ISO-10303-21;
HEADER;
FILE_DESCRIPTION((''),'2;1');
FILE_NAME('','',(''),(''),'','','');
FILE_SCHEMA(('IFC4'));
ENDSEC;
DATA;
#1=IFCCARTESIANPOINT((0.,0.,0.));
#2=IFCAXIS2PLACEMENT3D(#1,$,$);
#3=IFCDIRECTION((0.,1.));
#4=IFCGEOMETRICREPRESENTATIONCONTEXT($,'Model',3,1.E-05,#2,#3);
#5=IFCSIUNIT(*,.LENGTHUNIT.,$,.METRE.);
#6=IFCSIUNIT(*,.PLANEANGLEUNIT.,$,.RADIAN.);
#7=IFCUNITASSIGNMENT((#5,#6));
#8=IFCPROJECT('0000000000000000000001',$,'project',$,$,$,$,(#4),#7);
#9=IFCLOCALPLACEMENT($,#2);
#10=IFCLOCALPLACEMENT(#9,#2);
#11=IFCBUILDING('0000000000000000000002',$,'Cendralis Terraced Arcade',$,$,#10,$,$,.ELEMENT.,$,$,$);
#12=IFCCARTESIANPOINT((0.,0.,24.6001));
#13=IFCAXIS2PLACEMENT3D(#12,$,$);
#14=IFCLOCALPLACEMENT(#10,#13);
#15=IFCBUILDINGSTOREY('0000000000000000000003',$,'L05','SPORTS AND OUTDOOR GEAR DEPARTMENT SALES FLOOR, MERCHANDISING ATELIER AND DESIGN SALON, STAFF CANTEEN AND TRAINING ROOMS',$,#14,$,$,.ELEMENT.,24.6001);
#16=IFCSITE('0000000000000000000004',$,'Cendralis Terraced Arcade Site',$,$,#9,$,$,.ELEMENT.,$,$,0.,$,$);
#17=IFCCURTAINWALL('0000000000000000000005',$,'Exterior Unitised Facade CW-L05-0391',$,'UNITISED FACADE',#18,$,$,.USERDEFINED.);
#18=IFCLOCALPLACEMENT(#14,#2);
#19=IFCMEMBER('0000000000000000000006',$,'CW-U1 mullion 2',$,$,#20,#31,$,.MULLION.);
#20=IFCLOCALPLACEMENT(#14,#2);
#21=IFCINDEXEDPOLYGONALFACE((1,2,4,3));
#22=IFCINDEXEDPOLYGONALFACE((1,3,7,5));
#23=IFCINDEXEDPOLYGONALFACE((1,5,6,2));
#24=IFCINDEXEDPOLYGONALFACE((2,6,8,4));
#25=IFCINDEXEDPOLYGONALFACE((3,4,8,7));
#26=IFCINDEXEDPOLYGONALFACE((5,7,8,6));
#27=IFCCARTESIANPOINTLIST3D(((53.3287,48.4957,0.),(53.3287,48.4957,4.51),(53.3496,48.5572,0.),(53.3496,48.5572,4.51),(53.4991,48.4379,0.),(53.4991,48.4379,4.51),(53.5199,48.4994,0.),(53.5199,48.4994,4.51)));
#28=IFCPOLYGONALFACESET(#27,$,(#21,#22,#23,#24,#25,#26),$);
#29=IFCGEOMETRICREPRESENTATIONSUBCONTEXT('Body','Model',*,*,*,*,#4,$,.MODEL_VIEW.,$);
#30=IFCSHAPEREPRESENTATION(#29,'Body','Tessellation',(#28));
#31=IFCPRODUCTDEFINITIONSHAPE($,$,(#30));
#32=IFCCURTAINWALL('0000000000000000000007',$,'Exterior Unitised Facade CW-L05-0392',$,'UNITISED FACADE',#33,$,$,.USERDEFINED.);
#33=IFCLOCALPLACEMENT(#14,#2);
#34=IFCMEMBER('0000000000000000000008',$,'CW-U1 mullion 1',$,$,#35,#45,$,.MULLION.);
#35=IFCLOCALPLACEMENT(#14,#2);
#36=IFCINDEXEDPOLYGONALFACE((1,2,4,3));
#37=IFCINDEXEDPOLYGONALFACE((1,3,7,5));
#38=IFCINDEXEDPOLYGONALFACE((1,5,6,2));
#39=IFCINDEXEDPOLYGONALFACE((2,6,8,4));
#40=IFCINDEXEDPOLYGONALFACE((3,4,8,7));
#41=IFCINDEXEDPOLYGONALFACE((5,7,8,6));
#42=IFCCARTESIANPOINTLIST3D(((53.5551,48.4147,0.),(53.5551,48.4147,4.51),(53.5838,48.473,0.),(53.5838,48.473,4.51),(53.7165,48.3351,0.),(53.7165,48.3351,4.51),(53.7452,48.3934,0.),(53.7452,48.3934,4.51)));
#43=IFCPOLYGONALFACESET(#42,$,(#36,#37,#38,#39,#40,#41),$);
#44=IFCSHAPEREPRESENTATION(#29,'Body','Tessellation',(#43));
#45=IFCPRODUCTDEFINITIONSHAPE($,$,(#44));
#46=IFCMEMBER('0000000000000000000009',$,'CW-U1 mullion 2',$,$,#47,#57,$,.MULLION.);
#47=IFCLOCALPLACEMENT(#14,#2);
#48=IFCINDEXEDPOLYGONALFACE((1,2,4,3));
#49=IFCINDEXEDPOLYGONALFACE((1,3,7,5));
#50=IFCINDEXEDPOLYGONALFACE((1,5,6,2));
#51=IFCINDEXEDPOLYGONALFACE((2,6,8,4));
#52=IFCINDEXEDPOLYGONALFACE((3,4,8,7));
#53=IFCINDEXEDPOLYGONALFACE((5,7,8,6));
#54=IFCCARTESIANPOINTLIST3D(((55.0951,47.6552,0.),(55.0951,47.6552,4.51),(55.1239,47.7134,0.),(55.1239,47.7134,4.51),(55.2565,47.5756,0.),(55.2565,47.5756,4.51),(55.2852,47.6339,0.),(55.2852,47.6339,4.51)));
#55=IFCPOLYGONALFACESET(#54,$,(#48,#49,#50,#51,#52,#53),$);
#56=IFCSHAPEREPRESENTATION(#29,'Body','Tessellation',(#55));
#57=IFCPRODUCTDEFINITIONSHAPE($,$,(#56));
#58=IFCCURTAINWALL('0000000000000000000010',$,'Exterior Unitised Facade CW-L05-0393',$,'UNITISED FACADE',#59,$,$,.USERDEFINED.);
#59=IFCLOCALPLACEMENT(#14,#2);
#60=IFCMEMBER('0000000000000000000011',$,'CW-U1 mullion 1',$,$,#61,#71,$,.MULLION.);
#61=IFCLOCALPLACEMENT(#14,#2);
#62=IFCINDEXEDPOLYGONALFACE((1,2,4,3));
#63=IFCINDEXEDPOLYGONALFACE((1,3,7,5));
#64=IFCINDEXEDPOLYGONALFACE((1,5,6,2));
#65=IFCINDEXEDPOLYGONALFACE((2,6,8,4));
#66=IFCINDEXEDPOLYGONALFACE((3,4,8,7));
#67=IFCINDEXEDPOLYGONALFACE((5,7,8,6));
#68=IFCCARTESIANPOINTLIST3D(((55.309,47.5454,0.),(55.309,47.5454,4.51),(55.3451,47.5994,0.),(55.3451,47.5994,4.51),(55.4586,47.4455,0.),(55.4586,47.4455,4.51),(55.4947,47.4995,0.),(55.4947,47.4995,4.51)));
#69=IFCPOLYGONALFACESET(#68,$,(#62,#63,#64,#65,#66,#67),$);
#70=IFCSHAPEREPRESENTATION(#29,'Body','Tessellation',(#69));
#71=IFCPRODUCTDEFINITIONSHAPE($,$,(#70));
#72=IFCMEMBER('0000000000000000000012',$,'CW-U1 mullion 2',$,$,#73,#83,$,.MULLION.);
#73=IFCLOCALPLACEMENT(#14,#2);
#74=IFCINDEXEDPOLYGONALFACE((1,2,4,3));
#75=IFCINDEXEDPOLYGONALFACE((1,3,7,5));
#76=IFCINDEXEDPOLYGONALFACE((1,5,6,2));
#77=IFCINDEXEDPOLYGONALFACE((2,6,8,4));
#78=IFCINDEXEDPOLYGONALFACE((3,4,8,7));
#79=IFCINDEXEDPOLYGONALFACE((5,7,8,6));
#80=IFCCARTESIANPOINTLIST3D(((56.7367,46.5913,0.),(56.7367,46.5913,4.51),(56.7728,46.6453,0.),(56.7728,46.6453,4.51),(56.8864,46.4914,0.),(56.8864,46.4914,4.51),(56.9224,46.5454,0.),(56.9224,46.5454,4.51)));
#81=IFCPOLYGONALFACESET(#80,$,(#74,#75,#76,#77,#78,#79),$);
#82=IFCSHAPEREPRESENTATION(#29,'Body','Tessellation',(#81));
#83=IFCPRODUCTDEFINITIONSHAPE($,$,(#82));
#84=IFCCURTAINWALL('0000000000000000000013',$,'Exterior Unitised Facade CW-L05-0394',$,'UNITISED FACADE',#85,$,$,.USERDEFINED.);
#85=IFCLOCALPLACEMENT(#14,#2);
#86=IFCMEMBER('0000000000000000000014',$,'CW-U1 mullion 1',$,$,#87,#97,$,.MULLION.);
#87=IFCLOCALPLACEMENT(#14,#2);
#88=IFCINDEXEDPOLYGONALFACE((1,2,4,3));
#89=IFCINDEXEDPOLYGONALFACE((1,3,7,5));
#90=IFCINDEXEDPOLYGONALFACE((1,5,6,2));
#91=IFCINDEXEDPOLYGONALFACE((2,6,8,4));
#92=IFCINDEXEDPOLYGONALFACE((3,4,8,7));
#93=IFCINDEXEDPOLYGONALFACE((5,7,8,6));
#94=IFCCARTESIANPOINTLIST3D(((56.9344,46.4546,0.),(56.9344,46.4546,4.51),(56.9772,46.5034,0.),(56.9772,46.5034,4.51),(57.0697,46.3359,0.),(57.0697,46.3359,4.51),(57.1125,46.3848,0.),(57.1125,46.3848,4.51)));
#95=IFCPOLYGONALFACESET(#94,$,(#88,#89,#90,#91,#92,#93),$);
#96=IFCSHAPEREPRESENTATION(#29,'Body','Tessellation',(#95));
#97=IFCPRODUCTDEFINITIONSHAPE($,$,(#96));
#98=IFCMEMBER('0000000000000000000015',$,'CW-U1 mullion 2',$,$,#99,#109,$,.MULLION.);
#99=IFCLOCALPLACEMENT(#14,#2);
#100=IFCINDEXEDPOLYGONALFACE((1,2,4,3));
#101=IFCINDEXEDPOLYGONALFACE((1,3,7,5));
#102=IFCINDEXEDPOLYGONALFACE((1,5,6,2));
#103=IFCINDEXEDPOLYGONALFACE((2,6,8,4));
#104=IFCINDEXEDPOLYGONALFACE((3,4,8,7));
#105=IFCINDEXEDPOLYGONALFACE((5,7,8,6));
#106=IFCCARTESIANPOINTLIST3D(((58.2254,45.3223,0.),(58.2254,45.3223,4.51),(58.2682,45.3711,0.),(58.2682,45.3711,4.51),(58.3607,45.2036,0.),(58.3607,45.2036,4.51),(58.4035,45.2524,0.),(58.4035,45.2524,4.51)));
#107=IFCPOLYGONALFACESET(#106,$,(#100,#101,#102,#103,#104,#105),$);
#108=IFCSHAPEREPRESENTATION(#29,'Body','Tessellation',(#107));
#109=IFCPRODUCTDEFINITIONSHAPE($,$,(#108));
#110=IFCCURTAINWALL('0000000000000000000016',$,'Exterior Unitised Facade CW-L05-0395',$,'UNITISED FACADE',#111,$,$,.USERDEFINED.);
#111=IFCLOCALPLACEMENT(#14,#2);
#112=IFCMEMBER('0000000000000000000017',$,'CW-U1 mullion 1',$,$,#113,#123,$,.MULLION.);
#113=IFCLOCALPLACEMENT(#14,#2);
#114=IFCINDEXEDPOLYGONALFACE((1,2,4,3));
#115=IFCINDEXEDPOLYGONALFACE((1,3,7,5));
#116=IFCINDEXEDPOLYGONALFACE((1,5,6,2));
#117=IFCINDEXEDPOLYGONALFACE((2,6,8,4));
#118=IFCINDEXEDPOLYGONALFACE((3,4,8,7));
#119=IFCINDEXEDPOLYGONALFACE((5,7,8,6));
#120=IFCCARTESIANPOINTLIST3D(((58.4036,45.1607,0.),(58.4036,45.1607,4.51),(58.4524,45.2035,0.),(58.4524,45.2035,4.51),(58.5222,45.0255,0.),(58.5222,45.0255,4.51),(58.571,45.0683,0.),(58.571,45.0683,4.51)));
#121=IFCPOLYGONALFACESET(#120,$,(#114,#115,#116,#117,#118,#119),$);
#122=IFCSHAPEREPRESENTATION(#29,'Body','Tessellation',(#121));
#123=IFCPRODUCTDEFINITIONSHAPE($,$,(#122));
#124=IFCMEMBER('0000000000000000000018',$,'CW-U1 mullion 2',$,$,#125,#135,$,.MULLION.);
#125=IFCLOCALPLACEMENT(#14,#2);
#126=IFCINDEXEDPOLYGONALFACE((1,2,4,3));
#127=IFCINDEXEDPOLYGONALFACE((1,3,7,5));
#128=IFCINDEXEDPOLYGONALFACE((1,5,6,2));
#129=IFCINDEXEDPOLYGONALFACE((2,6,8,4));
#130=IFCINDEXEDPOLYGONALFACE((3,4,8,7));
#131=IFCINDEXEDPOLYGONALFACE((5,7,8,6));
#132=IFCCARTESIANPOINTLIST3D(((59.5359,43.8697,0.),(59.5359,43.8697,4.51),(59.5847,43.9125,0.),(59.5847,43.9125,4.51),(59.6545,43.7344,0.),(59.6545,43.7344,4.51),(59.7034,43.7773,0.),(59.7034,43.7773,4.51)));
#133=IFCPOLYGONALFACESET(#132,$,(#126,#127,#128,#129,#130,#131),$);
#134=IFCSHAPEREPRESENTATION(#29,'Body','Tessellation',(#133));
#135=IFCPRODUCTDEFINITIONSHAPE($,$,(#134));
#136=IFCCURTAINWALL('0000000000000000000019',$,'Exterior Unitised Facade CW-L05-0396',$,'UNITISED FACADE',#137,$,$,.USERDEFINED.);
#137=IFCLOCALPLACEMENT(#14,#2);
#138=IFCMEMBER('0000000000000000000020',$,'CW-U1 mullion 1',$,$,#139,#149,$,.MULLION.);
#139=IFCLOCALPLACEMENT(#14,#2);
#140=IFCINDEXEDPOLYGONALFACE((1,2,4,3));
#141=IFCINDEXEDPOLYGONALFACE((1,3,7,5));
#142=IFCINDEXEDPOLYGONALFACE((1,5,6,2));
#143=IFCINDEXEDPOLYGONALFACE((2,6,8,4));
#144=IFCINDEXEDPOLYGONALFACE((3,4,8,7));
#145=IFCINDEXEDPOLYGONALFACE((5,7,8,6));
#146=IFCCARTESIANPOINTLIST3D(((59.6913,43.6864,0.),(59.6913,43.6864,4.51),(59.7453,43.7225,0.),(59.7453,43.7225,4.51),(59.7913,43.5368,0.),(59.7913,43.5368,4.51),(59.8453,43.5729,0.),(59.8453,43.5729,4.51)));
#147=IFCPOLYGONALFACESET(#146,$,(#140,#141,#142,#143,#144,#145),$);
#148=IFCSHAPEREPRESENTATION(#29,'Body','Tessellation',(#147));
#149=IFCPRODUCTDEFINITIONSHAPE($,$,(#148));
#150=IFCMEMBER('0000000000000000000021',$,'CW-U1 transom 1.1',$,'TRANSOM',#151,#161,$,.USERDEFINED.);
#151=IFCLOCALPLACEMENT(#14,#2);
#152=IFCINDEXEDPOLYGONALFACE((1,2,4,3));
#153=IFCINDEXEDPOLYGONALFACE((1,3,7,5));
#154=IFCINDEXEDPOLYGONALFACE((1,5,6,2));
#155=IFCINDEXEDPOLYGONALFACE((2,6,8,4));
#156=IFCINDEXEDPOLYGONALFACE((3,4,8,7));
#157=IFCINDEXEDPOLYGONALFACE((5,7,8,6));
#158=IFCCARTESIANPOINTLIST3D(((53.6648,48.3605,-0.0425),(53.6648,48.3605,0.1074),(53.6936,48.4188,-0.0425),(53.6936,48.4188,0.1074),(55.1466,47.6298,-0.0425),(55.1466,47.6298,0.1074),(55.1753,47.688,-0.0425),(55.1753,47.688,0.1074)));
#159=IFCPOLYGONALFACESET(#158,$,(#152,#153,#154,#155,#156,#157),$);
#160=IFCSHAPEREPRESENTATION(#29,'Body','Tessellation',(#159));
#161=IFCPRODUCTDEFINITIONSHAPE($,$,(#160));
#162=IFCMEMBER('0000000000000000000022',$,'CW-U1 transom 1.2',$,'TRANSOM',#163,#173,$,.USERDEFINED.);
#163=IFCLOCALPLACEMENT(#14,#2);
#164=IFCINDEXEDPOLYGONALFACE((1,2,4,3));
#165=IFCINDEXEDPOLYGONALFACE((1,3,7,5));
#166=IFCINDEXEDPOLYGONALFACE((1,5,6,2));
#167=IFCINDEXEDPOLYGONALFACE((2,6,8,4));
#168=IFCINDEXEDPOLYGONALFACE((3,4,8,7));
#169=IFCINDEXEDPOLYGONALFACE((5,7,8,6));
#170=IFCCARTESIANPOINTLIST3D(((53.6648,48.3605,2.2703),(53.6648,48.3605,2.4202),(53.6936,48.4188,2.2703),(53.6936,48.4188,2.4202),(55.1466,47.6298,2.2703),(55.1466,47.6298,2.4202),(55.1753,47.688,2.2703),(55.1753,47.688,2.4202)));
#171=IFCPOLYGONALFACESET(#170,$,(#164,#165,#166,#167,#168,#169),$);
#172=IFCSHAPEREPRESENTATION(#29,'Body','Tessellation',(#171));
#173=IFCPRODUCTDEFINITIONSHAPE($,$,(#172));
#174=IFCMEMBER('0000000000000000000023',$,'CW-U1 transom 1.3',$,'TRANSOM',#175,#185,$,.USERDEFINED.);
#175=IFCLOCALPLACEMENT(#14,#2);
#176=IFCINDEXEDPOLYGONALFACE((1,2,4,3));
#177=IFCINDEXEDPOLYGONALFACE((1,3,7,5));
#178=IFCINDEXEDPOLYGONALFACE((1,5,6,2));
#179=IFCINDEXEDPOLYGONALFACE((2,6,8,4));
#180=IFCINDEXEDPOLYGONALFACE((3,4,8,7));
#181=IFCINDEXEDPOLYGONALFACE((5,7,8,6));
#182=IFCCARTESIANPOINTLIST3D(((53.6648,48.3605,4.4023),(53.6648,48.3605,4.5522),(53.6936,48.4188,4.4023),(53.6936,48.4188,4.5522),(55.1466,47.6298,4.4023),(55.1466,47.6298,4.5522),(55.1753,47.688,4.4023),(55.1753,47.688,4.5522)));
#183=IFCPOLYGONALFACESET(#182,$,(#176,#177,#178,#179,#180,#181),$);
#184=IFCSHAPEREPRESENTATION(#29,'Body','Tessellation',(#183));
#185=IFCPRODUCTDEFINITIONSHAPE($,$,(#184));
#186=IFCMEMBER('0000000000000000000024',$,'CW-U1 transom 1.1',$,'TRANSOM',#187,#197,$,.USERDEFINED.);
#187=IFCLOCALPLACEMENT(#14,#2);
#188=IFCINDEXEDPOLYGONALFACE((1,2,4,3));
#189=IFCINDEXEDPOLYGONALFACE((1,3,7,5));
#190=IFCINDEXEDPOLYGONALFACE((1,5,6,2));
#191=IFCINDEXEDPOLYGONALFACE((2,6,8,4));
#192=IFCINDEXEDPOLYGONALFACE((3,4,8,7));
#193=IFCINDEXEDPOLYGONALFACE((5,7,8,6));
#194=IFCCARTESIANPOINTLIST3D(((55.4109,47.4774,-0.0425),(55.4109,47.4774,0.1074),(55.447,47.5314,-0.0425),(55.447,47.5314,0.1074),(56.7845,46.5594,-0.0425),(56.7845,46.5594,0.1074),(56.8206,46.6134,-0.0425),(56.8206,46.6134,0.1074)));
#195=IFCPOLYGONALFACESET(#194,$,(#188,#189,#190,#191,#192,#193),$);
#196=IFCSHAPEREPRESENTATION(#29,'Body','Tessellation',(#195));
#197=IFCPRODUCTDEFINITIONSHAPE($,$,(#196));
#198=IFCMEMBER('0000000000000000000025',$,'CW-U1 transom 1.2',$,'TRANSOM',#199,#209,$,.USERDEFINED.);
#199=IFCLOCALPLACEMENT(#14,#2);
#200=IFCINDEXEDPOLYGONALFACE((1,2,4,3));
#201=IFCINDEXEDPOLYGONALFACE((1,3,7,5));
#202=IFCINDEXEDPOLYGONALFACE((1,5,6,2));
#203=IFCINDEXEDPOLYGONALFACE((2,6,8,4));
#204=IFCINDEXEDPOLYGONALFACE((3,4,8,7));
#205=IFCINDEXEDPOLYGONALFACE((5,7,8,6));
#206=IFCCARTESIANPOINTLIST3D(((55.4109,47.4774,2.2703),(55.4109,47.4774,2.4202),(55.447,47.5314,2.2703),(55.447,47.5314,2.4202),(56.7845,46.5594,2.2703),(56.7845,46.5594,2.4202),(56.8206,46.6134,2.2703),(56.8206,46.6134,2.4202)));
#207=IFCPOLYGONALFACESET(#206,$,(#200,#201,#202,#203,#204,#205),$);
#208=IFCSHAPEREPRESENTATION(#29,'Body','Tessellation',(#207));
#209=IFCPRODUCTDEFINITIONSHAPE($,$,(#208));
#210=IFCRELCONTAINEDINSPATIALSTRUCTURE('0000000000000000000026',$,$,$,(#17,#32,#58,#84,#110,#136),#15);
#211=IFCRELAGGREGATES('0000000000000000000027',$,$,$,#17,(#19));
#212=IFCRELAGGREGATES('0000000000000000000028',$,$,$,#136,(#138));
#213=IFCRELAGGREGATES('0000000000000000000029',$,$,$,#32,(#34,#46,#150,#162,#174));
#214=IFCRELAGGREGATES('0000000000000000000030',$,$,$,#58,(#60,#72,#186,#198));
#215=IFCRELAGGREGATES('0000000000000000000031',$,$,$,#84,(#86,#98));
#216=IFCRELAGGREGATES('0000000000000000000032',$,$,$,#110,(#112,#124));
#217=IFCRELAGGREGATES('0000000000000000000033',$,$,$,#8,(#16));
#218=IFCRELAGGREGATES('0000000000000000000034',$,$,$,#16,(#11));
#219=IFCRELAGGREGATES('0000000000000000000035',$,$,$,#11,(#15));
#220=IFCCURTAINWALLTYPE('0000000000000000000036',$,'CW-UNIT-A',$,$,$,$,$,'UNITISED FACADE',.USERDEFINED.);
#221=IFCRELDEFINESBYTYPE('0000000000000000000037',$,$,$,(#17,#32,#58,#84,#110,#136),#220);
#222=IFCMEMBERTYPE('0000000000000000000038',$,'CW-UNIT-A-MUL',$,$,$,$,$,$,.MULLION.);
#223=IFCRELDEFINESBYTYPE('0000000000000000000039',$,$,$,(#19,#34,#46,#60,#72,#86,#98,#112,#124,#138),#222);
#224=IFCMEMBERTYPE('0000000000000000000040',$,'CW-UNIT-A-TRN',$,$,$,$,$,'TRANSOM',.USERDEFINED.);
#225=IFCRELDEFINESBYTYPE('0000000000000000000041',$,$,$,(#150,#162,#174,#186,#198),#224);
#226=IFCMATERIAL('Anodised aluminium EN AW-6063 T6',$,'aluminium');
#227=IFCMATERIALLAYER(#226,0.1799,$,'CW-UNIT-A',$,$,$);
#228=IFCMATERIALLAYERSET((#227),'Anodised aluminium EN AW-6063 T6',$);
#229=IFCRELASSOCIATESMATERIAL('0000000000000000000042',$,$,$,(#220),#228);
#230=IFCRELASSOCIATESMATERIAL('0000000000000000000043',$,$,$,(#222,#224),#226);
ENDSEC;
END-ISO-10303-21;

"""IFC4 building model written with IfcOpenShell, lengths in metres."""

from ifc_helpers import new_model, si_unit, direction, frame, origin, origin_2d, place, context, subcontext, project, spatial, rectangle, extrude, material, layer, layer_set, material_profile, profile_set, type_object, element, aggregate, save


model = new_model("IFC4")

# Units and contexts
model_context = context("Model", 3, precision=1e-05, world=origin(), true_north=direction((0.0, 1.0)))
body_context = subcontext(model_context, "Body", "Model", "MODEL_VIEW")
ifc_project = project(units=[si_unit("LENGTHUNIT", "METRE"), si_unit("PLANEANGLEUNIT", "RADIAN")], contexts=[model_context])

# Site, building, storey
site_placement = place(None, origin())
site = spatial("IfcSite", under=ifc_project, at=site_placement, Name="Cendralis Terraced Arcade Site", CompositionType="ELEMENT", RefElevation=0.0)
building_placement = place(site_placement, origin())
building = spatial("IfcBuilding", under=site, at=building_placement, Name="Cendralis Terraced Arcade", CompositionType="ELEMENT")
storey_placement = place(building_placement, frame((0.0, 0.0, 24.6001)))
storey = spatial("IfcBuildingStorey", under=building, at=storey_placement, Name="L05", Description="SPORTS AND OUTDOOR GEAR DEPARTMENT SALES FLOOR, MERCHANDISING ATELIER AND DESIGN SALON, STAFF CANTEEN AND TRAINING ROOMS", CompositionType="ELEMENT", Elevation=24.6001)

# Curtain wall, member
ifc_material_1 = material(Name="Anodised aluminium EN AW-6063 T6", Category="aluminium")
ifc_layer_1 = layer(ifc_material_1, 0.1799, Name="CW-UNIT-A")
ifc_layer_set_1 = layer_set([ifc_layer_1], Name="Anodised aluminium EN AW-6063 T6")
curtain_wall_type = type_object("IfcCurtainWallType", Name="CW-UNIT-A", ElementType="UNITISED FACADE", PredefinedType="USERDEFINED", material=ifc_layer_set_1)
curtain_wall_1_placement = place(storey_placement, origin())
curtain_wall_1 = element("IfcCurtainWall", 1, at=curtain_wall_1_placement, inside=storey, type_object=curtain_wall_type, Name="Exterior Unitised Facade CW-L05-0391", ObjectType="UNITISED FACADE", PredefinedType="USERDEFINED")
ifc_material_profile_1 = material_profile(ifc_material_1, rectangle(XDim=0.0649, YDim=0.1799, at=origin_2d()), Name="ALU-MUL-65x180")
ifc_profile_set_1 = profile_set([ifc_material_profile_1], Name="Anodised aluminium EN AW-6063 T6")
member_type_1 = type_object("IfcMemberType", Name="CW-UNIT-A-MUL", PredefinedType="MULLION", material=ifc_profile_set_1)
member_1_placement = place(storey_placement, frame((53.4243, 48.4976, 0.0), z_axis=(0.0, 0.0, 1.0), x_axis=(0.321458, 0.946924, 0.0)))
member_1 = element("IfcMember", 2, at=member_1_placement, type_object=member_type_1, Name="CW-U1 mullion 2", PredefinedType="MULLION", context=body_context, shape_type="SweptSolid", body=[
    extrude(rectangle(XDim=0.0649, YDim=0.1799, at=origin_2d()), origin(), (0.0, 0.0, 1.0), 4.51),
])
aggregate(curtain_wall_1, [member_1])

# Curtain walls, members
curtain_wall_2_placement = place(storey_placement, origin())
curtain_wall_2 = element("IfcCurtainWall", 3, at=curtain_wall_2_placement, inside=storey, type_object=curtain_wall_type, Name="Exterior Unitised Facade CW-L05-0392", ObjectType="UNITISED FACADE", PredefinedType="USERDEFINED")
member_2_placement = place(storey_placement, frame((53.6501, 48.4041, 0.0), z_axis=(0.0, 0.0, 1.0), x_axis=(0.442291, 0.896871, 0.0)))
member_2 = element("IfcMember", 4, at=member_2_placement, type_object=member_type_1, Name="CW-U1 mullion 1", PredefinedType="MULLION", context=body_context, shape_type="SweptSolid", body=[
    extrude(rectangle(XDim=0.0649, YDim=0.1799, at=origin_2d()), origin(), (0.0, 0.0, 1.0), 4.51),
])
member_3_placement = place(storey_placement, frame((55.1902, 47.6445, 0.0), z_axis=(0.0, 0.0, 1.0), x_axis=(0.442291, 0.896871, 0.0)))
member_3 = element("IfcMember", 5, at=member_3_placement, type_object=member_type_1, Name="CW-U1 mullion 2", PredefinedType="MULLION", context=body_context, shape_type="SweptSolid", body=[
    extrude(rectangle(XDim=0.0649, YDim=0.1799, at=origin_2d()), origin(), (0.0, 0.0, 1.0), 4.51),
])
curtain_wall_3_placement = place(storey_placement, origin())
curtain_wall_3 = element("IfcCurtainWall", 6, at=curtain_wall_3_placement, inside=storey, type_object=curtain_wall_type, Name="Exterior Unitised Facade CW-L05-0393", ObjectType="UNITISED FACADE", PredefinedType="USERDEFINED")
member_4_placement = place(storey_placement, frame((55.4019, 47.5225, 0.0), z_axis=(0.0, 0.0, 1.0), x_axis=(0.555567, 0.831471, 0.0)))
member_4 = element("IfcMember", 7, at=member_4_placement, type_object=member_type_1, Name="CW-U1 mullion 1", PredefinedType="MULLION", context=body_context, shape_type="SweptSolid", body=[
    extrude(rectangle(XDim=0.0649, YDim=0.1799, at=origin_2d()), origin(), (0.0, 0.0, 1.0), 4.51),
])
member_5_placement = place(storey_placement, frame((56.8296, 46.5684, 0.0), z_axis=(0.0, 0.0, 1.0), x_axis=(0.555567, 0.831471, 0.0)))
member_5 = element("IfcMember", 8, at=member_5_placement, type_object=member_type_1, Name="CW-U1 mullion 2", PredefinedType="MULLION", context=body_context, shape_type="SweptSolid", body=[
    extrude(rectangle(XDim=0.0649, YDim=0.1799, at=origin_2d()), origin(), (0.0, 0.0, 1.0), 4.51),
])
curtain_wall_4_placement = place(storey_placement, origin())
curtain_wall_4 = element("IfcCurtainWall", 9, at=curtain_wall_4_placement, inside=storey, type_object=curtain_wall_type, Name="Exterior Unitised Facade CW-L05-0394", ObjectType="UNITISED FACADE", PredefinedType="USERDEFINED")
member_6_placement = place(storey_placement, frame((57.0234, 46.4197, 0.0), z_axis=(0.0, 0.0, 1.0), x_axis=(0.659386, 0.751804, 0.0)))
member_6 = element("IfcMember", 10, at=member_6_placement, type_object=member_type_1, Name="CW-U1 mullion 1", PredefinedType="MULLION", context=body_context, shape_type="SweptSolid", body=[
    extrude(rectangle(XDim=0.0649, YDim=0.1799, at=origin_2d()), origin(), (0.0, 0.0, 1.0), 4.51),
])
member_7_placement = place(storey_placement, frame((58.3145, 45.2874, 0.0), z_axis=(0.0, 0.0, 1.0), x_axis=(0.659386, 0.751804, 0.0)))
member_7 = element("IfcMember", 11, at=member_7_placement, type_object=member_type_1, Name="CW-U1 mullion 2", PredefinedType="MULLION", context=body_context, shape_type="SweptSolid", body=[
    extrude(rectangle(XDim=0.0649, YDim=0.1799, at=origin_2d()), origin(), (0.0, 0.0, 1.0), 4.51),
])
curtain_wall_5_placement = place(storey_placement, origin())
curtain_wall_5 = element("IfcCurtainWall", 12, at=curtain_wall_5_placement, inside=storey, type_object=curtain_wall_type, Name="Exterior Unitised Facade CW-L05-0395", ObjectType="UNITISED FACADE", PredefinedType="USERDEFINED")
member_8_placement = place(storey_placement, frame((58.4873, 45.1145, 0.0), z_axis=(0.0, 0.0, 1.0), x_axis=(0.751804, 0.659386, 0.0)))
member_8 = element("IfcMember", 13, at=member_8_placement, type_object=member_type_1, Name="CW-U1 mullion 1", PredefinedType="MULLION", context=body_context, shape_type="SweptSolid", body=[
    extrude(rectangle(XDim=0.0649, YDim=0.1799, at=origin_2d()), origin(), (0.0, 0.0, 1.0), 4.51),
])
member_9_placement = place(storey_placement, frame((59.6196, 43.8235, 0.0), z_axis=(0.0, 0.0, 1.0), x_axis=(0.751804, 0.659386, 0.0)))
member_9 = element("IfcMember", 14, at=member_9_placement, type_object=member_type_1, Name="CW-U1 mullion 2", PredefinedType="MULLION", context=body_context, shape_type="SweptSolid", body=[
    extrude(rectangle(XDim=0.0649, YDim=0.1799, at=origin_2d()), origin(), (0.0, 0.0, 1.0), 4.51),
])

# Curtain wall, member
curtain_wall_6_placement = place(storey_placement, origin())
curtain_wall_6 = element("IfcCurtainWall", 15, at=curtain_wall_6_placement, inside=storey, type_object=curtain_wall_type, Name="Exterior Unitised Facade CW-L05-0396", ObjectType="UNITISED FACADE", PredefinedType="USERDEFINED")
member_10_placement = place(storey_placement, frame((59.7683, 43.6296, 0.0), z_axis=(0.0, 0.0, 1.0), x_axis=(0.831471, 0.555567, 0.0)))
member_10 = element("IfcMember", 16, at=member_10_placement, type_object=member_type_1, Name="CW-U1 mullion 1", PredefinedType="MULLION", context=body_context, shape_type="SweptSolid", body=[
    extrude(rectangle(XDim=0.0649, YDim=0.1799, at=origin_2d()), origin(), (0.0, 0.0, 1.0), 4.51),
])

# Members
ifc_material_profile_2 = material_profile(ifc_material_1, rectangle(XDim=0.0649, YDim=0.1499, at=origin_2d()), Name="ALU-TRN-65x150")
ifc_profile_set_2 = profile_set([ifc_material_profile_2], Name="Anodised aluminium EN AW-6063 T6")
member_type_2 = type_object("IfcMemberType", Name="CW-UNIT-A-TRN", ElementType="TRANSOM", PredefinedType="USERDEFINED", material=ifc_profile_set_2)
member_11_placement = place(storey_placement, frame((53.6792, 48.3896, 0.0325), z_axis=(0.896867, -0.442301, 0.0), x_axis=(0.442301, 0.896867, 0.0)))
member_11 = element("IfcMember", 17, at=member_11_placement, type_object=member_type_2, Name="CW-U1 transom 1.1", ObjectType="TRANSOM", PredefinedType="USERDEFINED", context=body_context, shape_type="SweptSolid", body=[
    extrude(rectangle(XDim=0.0649, YDim=0.1499, at=origin_2d()), origin(), (0.0, 0.0, 1.0), 1.6521),
])
member_12_placement = place(storey_placement, frame((53.6792, 48.3896, 2.3452), z_axis=(0.896867, -0.442301, 0.0), x_axis=(0.442301, 0.896867, 0.0)))
member_12 = element("IfcMember", 18, at=member_12_placement, type_object=member_type_2, Name="CW-U1 transom 1.2", ObjectType="TRANSOM", PredefinedType="USERDEFINED", context=body_context, shape_type="SweptSolid", body=[
    extrude(rectangle(XDim=0.0649, YDim=0.1499, at=origin_2d()), origin(), (0.0, 0.0, 1.0), 1.6521),
])
member_13_placement = place(storey_placement, frame((53.6792, 48.3896, 4.4773), z_axis=(0.896867, -0.442301, 0.0), x_axis=(0.442301, 0.896867, 0.0)))
member_13 = element("IfcMember", 19, at=member_13_placement, type_object=member_type_2, Name="CW-U1 transom 1.3", ObjectType="TRANSOM", PredefinedType="USERDEFINED", context=body_context, shape_type="SweptSolid", body=[
    extrude(rectangle(XDim=0.0649, YDim=0.1499, at=origin_2d()), origin(), (0.0, 0.0, 1.0), 1.6521),
])
member_14_placement = place(storey_placement, frame((55.429, 47.5044, 0.0325), z_axis=(0.831413, -0.555655, 0.0), x_axis=(0.555655, 0.831413, 0.0)))
member_14 = element("IfcMember", 20, at=member_14_placement, type_object=member_type_2, Name="CW-U1 transom 1.1", ObjectType="TRANSOM", PredefinedType="USERDEFINED", context=body_context, shape_type="SweptSolid", body=[
    extrude(rectangle(XDim=0.0649, YDim=0.1499, at=origin_2d()), origin(), (0.0, 0.0, 1.0), 1.6521),
])
member_15_placement = place(storey_placement, frame((55.429, 47.5044, 2.3452), z_axis=(0.831413, -0.555655, 0.0), x_axis=(0.555655, 0.831413, 0.0)))
member_15 = element("IfcMember", 21, at=member_15_placement, type_object=member_type_2, Name="CW-U1 transom 1.2", ObjectType="TRANSOM", PredefinedType="USERDEFINED", context=body_context, shape_type="SweptSolid", body=[
    extrude(rectangle(XDim=0.0649, YDim=0.1499, at=origin_2d()), origin(), (0.0, 0.0, 1.0), 1.6521),
])
aggregate(curtain_wall_6, [member_10])

aggregate(curtain_wall_2, [member_2, member_3, member_11, member_12, member_13])
aggregate(curtain_wall_3, [member_4, member_5, member_14, member_15])
aggregate(curtain_wall_4, [member_6, member_7])
aggregate(curtain_wall_5, [member_8, member_9])

save(model, "model.ifc")
